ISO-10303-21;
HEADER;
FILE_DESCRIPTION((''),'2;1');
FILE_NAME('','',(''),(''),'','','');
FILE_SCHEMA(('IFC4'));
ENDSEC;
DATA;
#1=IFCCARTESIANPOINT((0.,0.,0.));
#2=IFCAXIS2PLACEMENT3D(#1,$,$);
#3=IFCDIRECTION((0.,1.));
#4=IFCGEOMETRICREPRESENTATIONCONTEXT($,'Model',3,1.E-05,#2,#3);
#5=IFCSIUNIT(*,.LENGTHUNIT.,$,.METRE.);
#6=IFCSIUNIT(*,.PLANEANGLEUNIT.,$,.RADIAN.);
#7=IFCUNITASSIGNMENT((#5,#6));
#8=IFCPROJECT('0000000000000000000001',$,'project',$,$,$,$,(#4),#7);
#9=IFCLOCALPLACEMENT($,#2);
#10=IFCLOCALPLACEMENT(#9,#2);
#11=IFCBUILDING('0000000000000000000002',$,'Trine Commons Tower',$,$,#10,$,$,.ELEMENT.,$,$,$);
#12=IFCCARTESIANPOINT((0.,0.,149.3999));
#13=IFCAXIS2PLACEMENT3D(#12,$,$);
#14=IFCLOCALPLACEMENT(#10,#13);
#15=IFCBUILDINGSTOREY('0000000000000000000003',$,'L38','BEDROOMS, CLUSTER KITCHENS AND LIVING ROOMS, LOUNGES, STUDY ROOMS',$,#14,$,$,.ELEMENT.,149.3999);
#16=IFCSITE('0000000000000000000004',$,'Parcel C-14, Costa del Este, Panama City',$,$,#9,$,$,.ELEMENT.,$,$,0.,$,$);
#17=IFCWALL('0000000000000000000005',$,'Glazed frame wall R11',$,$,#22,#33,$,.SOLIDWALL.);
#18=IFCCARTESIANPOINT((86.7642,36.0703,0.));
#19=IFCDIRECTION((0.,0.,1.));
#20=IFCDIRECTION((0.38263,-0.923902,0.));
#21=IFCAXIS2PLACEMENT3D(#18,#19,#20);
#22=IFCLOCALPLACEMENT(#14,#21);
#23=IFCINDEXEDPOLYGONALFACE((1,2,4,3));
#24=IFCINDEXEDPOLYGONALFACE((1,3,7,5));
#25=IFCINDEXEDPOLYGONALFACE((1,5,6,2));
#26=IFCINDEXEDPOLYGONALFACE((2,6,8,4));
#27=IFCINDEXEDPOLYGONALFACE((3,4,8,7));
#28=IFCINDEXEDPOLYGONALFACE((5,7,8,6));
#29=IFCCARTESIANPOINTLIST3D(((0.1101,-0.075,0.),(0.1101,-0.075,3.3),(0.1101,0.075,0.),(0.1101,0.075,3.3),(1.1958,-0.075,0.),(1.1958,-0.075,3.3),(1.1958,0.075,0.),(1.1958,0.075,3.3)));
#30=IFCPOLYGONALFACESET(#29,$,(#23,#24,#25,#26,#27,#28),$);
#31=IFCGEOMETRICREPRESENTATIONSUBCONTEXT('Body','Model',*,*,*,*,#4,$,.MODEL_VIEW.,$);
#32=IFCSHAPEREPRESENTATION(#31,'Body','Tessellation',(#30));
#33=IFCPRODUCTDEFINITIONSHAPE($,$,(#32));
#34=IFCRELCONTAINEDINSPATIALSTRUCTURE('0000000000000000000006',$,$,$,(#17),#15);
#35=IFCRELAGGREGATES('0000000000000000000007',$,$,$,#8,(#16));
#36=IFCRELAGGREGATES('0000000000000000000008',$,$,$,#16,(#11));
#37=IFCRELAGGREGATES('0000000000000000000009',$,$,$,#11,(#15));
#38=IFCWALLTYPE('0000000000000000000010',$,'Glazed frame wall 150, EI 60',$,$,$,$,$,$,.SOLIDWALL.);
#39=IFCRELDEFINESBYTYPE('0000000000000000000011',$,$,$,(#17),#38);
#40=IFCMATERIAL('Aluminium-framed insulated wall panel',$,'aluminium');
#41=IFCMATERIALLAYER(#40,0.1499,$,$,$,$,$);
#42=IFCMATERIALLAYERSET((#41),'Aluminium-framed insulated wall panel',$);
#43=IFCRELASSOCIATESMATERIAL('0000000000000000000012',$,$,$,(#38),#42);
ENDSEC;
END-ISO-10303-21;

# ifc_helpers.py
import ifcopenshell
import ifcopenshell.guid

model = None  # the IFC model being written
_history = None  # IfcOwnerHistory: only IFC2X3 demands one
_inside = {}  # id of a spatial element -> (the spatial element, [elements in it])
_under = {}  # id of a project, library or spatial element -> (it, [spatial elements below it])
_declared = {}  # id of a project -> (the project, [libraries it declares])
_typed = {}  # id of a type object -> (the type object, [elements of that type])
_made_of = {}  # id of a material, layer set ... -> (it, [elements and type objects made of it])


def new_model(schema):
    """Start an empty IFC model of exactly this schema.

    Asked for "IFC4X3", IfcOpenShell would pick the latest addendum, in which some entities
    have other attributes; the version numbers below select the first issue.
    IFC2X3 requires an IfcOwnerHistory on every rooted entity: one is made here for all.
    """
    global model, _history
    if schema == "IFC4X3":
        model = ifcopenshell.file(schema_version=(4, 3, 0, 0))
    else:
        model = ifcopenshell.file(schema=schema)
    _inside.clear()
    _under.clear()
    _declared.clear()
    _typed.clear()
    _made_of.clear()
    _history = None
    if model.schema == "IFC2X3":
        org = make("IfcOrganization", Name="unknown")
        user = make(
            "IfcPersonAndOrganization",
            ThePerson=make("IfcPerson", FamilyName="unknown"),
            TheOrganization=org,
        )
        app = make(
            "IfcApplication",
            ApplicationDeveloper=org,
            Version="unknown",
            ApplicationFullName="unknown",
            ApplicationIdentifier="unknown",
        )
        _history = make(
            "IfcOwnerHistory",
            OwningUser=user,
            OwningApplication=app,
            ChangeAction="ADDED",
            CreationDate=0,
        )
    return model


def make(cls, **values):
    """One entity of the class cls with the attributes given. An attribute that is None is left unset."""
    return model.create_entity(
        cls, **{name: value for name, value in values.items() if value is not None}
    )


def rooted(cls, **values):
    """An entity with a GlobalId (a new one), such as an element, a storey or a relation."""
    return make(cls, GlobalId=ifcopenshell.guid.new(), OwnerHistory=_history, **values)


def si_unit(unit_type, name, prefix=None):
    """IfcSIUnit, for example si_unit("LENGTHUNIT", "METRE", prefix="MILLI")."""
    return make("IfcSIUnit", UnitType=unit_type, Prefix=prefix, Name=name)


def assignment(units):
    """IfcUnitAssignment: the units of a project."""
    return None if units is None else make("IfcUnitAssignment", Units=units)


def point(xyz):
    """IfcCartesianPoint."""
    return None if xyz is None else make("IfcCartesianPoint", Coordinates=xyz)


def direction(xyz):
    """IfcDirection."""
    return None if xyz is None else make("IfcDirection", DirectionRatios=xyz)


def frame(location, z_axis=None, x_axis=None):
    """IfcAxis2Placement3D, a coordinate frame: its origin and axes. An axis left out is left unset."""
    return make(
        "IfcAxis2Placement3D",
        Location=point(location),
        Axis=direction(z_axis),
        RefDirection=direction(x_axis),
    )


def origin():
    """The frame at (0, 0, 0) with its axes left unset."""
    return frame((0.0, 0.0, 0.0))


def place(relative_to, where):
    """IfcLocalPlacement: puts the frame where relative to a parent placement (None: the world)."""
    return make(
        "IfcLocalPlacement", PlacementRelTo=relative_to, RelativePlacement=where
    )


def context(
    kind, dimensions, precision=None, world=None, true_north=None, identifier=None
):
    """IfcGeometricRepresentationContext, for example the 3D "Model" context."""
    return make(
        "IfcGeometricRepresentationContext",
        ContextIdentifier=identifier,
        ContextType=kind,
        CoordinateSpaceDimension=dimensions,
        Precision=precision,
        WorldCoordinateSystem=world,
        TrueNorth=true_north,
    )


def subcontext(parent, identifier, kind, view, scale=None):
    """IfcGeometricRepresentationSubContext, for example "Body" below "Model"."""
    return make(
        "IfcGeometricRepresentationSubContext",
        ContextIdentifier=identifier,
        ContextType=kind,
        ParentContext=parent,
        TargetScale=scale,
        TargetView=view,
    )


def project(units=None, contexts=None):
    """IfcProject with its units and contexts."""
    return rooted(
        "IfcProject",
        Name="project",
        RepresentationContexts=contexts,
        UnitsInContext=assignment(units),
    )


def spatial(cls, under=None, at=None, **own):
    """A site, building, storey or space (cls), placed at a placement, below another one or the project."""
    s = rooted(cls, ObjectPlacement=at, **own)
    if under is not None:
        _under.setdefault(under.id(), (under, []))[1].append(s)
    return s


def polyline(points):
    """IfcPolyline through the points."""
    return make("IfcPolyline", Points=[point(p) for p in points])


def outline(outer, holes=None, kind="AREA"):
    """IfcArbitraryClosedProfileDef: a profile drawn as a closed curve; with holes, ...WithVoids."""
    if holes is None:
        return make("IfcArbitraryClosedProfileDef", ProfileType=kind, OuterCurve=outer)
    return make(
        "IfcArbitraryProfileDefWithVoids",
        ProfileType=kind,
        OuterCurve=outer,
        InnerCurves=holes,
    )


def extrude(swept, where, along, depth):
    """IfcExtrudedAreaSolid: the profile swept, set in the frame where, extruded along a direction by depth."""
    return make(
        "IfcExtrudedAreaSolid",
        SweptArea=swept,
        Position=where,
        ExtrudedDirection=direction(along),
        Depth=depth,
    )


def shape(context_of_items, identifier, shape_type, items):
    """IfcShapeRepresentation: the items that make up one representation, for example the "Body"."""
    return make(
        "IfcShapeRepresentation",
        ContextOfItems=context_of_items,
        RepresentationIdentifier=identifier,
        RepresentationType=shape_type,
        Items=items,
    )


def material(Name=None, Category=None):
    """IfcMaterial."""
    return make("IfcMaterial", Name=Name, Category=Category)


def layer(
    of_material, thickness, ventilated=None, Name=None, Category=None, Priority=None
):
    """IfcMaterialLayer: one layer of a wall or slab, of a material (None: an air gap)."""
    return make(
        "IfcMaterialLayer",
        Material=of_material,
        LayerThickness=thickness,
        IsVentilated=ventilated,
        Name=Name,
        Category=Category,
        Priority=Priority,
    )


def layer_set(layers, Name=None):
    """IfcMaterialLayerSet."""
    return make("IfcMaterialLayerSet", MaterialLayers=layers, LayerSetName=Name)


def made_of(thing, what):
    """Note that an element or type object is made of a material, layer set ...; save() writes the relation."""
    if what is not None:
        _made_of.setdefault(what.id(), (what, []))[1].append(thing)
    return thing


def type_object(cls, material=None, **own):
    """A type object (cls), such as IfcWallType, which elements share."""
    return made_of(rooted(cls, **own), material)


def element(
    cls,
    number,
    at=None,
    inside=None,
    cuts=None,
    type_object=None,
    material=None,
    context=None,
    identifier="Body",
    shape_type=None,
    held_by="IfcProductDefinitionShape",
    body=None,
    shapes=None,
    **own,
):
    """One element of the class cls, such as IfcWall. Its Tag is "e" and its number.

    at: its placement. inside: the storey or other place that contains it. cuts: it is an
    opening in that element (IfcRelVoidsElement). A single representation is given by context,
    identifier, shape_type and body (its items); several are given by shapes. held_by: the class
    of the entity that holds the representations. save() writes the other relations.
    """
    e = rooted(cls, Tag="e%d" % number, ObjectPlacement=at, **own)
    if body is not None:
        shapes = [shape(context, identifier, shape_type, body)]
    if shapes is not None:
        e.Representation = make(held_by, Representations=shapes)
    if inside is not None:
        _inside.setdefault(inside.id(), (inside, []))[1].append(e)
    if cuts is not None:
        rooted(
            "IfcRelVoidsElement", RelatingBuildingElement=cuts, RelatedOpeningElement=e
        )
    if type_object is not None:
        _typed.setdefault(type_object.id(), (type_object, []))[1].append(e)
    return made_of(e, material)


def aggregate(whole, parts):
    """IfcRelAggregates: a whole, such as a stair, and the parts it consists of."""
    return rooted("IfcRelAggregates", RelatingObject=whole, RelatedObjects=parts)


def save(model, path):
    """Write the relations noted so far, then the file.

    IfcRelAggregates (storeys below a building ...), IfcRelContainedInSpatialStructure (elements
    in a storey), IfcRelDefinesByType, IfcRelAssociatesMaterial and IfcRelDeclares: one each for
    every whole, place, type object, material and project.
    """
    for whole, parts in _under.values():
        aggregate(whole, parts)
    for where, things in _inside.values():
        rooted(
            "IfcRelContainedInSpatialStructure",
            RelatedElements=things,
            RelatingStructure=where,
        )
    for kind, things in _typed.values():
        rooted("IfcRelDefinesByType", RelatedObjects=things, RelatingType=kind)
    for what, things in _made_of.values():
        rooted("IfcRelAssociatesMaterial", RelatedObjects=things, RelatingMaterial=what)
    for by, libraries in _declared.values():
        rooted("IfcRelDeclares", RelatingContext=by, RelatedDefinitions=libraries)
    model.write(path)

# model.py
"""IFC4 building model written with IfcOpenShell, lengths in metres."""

from ifc_helpers import new_model, si_unit, direction, frame, origin, place, context, subcontext, project, spatial, polyline, outline, extrude, material, layer, layer_set, type_object, element, save


model = new_model("IFC4")

# Units and contexts
model_context = context("Model", 3, precision=1e-05, world=origin(), true_north=direction((0.0, 1.0)))
body_context = subcontext(model_context, "Body", "Model", "MODEL_VIEW")
ifc_project = project(units=[si_unit("LENGTHUNIT", "METRE"), si_unit("PLANEANGLEUNIT", "RADIAN")], contexts=[model_context])

# Site, building, storey
site_placement = place(None, origin())
site = spatial("IfcSite", under=ifc_project, at=site_placement, Name="Parcel C-14, Costa del Este, Panama City", CompositionType="ELEMENT", RefElevation=0.0)
building_placement = place(site_placement, origin())
building = spatial("IfcBuilding", under=site, at=building_placement, Name="Trine Commons Tower", CompositionType="ELEMENT")
storey_placement = place(building_placement, frame((0.0, 0.0, 149.3999)))
storey = spatial("IfcBuildingStorey", under=building, at=storey_placement, Name="L38", Description="BEDROOMS, CLUSTER KITCHENS AND LIVING ROOMS, LOUNGES, STUDY ROOMS", CompositionType="ELEMENT", Elevation=149.3999)

# Shared definitions
ifc_material_1 = material(Name="Aluminium-framed insulated wall panel", Category="aluminium")
ifc_layer_1 = layer(ifc_material_1, 0.1499)
ifc_layer_set_1 = layer_set([ifc_layer_1], Name="Aluminium-framed insulated wall panel")
wall_type_1 = type_object("IfcWallType", Name="Glazed frame wall 150, EI 60", PredefinedType="SOLIDWALL", material=ifc_layer_set_1)

# Wall
wall_1_placement = place(storey_placement, frame((86.7642, 36.0703, 0.0), z_axis=(0.0, 0.0, 1.0), x_axis=(0.38263, -0.923902, 0.0)))
element("IfcWall", 1, at=wall_1_placement, inside=storey, type_object=wall_type_1, Name="Glazed frame wall R11", PredefinedType="SOLIDWALL", context=body_context, shape_type="SweptSolid", body=[
    extrude(outline(polyline([(0.1101, 0.075), (0.1101, -0.075), (1.1958, -0.075), (1.1958, 0.075), (0.1101, 0.075)])), origin(), (0.0, 0.0, 1.0), 3.3),
])

save(model, "model.ifc")
